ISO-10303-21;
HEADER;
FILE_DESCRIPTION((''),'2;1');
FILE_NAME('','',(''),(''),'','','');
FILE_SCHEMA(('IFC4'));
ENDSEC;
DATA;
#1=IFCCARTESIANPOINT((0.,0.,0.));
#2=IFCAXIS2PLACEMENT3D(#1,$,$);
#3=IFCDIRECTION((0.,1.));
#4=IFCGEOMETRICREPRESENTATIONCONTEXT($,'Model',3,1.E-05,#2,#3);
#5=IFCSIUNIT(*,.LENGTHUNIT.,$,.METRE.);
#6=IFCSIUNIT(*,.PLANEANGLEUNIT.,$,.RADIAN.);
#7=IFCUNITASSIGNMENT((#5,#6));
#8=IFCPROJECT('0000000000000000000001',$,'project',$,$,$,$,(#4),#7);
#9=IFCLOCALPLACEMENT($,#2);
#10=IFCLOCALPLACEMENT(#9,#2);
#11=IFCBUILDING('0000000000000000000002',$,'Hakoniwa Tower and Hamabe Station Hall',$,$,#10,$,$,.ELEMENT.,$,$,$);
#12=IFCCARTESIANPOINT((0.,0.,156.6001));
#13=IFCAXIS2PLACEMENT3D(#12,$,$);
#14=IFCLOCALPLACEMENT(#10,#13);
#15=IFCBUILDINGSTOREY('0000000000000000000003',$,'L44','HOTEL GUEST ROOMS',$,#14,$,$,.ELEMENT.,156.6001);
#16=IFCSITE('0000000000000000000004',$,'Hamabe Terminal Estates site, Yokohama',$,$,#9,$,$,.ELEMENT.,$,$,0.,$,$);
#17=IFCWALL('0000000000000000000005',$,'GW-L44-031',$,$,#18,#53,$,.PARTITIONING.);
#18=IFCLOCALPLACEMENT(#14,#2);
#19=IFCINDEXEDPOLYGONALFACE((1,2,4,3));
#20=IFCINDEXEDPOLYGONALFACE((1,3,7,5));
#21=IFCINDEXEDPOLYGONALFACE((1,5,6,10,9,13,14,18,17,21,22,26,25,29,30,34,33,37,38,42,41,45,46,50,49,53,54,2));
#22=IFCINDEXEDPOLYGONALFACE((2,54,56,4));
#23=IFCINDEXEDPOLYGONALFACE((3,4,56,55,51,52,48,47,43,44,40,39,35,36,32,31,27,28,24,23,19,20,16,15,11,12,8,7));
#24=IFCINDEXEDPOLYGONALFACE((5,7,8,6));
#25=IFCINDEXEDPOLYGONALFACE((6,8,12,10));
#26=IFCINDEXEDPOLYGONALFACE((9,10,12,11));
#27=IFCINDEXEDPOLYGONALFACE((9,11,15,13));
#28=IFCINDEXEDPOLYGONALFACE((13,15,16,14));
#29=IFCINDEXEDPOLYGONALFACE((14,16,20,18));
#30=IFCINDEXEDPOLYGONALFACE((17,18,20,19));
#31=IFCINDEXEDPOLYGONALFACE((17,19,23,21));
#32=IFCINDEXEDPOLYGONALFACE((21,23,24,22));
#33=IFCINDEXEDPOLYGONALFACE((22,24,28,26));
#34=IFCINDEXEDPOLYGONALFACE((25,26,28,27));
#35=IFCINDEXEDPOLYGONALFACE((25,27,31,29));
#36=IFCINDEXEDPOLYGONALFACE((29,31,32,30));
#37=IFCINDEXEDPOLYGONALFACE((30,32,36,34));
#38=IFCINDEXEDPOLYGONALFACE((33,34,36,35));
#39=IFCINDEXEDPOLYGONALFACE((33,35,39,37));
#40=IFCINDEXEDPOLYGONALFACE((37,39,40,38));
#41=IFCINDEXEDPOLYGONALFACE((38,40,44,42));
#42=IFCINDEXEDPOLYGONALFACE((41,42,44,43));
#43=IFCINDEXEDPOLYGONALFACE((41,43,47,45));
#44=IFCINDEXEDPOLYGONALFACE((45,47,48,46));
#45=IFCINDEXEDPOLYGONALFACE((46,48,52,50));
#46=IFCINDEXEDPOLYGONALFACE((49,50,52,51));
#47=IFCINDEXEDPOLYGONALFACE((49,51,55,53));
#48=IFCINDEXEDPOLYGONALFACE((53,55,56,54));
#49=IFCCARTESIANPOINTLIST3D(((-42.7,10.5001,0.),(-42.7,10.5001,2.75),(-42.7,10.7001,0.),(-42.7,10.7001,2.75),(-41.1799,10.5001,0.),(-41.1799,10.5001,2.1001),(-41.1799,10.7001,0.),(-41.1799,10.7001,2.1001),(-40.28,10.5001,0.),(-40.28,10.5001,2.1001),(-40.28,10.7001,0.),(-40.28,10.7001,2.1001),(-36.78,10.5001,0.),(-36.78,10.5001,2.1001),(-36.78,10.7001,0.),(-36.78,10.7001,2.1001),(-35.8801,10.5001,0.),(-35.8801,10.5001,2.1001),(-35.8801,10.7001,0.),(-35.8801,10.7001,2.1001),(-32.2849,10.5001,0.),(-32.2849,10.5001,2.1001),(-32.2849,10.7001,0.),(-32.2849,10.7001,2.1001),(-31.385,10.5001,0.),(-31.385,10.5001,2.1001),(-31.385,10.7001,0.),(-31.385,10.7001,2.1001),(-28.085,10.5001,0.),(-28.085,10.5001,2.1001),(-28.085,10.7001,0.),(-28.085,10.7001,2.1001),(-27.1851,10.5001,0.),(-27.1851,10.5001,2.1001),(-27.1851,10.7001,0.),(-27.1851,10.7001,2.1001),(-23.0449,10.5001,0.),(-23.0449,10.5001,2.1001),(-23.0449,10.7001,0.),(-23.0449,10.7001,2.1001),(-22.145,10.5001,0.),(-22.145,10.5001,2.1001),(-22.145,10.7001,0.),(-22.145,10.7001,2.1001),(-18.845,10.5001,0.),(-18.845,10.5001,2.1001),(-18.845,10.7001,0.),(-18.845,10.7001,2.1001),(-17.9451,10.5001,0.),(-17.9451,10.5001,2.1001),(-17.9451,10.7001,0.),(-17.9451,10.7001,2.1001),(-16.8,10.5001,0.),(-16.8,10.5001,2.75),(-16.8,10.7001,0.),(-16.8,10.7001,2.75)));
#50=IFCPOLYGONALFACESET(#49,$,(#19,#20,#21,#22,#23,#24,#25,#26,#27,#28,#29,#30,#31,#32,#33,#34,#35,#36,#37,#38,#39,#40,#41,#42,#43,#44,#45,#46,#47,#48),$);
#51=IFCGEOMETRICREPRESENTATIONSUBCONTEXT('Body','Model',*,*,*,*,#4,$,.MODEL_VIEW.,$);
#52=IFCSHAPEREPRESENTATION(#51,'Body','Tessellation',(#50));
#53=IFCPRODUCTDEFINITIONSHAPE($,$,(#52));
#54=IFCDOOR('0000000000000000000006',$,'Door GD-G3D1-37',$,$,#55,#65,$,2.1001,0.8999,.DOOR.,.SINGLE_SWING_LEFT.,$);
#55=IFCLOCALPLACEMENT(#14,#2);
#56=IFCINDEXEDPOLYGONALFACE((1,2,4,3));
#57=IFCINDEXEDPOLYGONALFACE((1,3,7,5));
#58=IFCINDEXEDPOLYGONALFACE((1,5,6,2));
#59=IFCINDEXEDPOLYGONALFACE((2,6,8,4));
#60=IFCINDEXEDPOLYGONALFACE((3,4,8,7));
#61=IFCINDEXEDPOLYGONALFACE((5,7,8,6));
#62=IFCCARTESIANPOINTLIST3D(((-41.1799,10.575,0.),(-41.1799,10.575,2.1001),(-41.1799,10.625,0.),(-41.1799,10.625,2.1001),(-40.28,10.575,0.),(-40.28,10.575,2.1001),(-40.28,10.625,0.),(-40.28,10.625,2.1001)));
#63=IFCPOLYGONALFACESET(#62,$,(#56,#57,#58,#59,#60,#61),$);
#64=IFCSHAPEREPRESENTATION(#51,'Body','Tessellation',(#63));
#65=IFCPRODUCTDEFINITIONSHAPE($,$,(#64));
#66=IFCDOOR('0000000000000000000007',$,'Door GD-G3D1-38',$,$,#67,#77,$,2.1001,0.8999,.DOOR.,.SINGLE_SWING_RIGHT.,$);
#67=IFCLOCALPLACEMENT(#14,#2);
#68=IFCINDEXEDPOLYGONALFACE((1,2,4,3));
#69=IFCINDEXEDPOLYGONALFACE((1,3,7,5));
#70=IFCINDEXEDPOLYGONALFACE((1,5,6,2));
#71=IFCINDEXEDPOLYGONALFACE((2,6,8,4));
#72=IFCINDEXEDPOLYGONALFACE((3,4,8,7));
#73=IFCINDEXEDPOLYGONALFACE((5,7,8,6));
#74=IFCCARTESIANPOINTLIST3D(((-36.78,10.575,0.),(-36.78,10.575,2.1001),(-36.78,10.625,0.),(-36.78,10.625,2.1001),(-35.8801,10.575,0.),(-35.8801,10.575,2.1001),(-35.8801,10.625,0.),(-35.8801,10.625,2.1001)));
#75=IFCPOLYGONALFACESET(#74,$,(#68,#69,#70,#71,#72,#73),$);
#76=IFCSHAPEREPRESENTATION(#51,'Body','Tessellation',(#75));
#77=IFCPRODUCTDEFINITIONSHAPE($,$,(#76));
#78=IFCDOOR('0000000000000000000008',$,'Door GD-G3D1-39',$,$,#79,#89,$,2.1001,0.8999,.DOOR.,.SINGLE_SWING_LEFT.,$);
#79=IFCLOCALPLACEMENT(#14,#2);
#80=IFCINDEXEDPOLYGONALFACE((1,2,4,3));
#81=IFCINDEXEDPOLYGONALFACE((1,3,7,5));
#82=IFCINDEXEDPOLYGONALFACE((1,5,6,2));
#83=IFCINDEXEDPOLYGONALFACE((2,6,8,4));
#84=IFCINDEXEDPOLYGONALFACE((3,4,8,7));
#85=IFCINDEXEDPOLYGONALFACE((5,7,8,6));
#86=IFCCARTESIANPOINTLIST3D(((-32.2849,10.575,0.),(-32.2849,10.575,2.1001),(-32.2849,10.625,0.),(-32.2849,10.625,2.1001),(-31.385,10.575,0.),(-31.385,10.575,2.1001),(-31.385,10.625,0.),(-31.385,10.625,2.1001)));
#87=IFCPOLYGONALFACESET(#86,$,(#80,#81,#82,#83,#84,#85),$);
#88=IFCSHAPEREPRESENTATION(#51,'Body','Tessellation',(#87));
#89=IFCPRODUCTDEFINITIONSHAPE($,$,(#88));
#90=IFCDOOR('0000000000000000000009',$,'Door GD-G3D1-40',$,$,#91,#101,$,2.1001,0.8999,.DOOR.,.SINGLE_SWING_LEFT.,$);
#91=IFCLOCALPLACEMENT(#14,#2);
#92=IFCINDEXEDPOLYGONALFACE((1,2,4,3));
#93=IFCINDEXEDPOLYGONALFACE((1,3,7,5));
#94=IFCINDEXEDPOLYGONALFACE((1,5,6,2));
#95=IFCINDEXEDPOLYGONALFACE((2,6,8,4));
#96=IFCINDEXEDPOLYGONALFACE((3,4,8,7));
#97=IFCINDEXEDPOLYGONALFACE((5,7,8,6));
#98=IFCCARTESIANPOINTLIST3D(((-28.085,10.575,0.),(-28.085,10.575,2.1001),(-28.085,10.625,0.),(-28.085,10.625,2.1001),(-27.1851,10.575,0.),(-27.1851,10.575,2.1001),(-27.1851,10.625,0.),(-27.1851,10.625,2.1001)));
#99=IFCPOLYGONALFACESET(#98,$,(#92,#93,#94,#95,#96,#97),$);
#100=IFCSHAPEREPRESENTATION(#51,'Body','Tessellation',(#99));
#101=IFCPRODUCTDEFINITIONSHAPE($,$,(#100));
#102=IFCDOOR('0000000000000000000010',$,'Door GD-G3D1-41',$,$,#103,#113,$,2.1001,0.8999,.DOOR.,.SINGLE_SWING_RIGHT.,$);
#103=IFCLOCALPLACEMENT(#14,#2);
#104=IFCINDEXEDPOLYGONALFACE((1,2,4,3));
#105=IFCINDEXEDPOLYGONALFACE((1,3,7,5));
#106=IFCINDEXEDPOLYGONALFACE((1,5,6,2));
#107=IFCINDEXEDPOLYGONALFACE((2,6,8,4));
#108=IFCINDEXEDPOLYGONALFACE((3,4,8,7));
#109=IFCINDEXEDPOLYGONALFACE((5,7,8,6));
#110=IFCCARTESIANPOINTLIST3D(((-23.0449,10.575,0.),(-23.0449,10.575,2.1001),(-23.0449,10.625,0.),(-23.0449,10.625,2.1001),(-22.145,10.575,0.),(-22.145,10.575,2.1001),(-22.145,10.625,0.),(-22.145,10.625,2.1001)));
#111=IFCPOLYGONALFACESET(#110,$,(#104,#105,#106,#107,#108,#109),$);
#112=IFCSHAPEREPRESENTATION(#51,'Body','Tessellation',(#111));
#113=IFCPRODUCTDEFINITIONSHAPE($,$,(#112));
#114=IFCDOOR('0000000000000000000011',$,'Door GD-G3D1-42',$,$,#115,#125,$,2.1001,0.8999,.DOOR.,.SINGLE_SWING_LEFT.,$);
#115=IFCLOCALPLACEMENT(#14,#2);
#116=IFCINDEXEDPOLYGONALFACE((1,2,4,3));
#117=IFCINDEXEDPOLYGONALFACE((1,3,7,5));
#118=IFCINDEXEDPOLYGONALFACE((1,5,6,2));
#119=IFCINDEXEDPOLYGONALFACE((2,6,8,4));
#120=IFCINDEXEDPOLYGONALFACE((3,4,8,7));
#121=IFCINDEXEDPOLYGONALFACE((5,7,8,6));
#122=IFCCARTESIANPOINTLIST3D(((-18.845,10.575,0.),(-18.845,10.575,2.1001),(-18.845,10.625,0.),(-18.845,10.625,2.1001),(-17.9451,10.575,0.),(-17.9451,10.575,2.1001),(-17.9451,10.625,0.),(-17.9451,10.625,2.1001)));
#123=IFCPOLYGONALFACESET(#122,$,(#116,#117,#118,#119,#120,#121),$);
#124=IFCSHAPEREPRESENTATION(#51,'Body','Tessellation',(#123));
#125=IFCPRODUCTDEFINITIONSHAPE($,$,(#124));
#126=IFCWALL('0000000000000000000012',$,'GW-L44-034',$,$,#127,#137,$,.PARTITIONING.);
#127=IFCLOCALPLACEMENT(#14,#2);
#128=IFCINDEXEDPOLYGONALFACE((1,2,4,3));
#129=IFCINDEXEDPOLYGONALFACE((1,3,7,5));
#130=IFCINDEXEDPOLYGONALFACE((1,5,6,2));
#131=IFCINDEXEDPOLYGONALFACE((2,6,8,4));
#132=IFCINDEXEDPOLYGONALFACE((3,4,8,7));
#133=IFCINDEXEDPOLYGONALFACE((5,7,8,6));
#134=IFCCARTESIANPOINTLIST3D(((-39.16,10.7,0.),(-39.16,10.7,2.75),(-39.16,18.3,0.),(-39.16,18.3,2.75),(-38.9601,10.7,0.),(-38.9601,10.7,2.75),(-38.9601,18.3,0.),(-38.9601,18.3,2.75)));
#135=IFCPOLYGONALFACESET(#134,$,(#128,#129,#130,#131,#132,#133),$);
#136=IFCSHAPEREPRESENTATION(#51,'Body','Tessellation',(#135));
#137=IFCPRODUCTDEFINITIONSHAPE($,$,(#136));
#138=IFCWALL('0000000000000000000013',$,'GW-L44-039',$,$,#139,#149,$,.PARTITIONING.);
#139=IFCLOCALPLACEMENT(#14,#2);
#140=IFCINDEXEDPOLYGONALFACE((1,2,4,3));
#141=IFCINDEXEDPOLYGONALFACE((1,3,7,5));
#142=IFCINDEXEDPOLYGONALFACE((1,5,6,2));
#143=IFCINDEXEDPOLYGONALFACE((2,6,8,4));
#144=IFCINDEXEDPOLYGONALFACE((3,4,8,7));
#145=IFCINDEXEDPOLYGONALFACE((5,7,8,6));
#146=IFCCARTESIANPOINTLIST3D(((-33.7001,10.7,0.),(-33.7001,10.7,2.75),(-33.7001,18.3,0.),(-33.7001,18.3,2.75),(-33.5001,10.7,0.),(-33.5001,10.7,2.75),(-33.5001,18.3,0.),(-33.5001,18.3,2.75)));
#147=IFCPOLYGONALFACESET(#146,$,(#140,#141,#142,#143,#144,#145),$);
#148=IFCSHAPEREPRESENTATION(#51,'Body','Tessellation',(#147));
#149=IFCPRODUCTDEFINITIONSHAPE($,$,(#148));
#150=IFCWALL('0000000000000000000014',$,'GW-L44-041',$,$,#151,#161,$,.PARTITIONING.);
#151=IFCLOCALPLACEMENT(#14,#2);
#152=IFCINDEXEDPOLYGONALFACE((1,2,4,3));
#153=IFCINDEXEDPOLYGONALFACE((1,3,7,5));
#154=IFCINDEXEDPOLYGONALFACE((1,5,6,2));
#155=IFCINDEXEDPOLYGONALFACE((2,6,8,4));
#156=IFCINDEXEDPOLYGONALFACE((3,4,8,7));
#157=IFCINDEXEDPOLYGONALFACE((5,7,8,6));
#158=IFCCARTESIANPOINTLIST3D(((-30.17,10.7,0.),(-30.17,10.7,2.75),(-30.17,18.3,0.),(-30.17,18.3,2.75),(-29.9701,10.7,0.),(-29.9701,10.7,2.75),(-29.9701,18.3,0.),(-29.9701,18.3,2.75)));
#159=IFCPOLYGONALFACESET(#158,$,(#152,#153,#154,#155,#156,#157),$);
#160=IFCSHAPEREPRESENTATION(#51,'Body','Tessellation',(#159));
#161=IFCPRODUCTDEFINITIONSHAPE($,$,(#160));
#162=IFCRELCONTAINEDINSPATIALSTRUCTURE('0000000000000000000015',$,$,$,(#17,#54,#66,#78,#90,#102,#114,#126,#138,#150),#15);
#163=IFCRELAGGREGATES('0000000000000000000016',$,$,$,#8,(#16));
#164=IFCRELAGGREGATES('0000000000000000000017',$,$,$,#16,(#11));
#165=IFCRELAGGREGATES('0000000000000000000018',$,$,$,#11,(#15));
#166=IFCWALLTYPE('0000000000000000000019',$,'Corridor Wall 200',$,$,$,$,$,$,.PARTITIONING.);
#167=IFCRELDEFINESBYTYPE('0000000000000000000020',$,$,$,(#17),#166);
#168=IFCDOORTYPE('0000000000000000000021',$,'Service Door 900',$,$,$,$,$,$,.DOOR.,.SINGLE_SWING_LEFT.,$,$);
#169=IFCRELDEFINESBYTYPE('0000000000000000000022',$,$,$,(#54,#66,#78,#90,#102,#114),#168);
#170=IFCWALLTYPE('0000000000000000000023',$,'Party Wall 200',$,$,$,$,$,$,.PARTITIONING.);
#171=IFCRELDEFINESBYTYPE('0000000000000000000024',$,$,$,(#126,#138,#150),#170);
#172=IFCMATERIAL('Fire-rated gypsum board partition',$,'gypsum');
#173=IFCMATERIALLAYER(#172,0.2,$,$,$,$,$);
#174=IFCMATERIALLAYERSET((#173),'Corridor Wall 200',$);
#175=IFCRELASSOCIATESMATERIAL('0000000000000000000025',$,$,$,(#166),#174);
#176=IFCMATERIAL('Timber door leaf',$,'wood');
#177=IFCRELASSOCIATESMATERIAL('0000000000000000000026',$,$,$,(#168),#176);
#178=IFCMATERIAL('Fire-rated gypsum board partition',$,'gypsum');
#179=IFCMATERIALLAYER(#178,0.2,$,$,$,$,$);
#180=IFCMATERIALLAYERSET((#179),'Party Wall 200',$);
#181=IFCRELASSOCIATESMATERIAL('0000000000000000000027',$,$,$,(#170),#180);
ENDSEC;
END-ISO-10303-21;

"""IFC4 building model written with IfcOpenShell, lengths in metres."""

from ifc_helpers import new_model, si_unit, direction, frame, frame_2d, origin, place, context, subcontext, project, spatial, rectangle, extrude, material, layer, layer_set, type_object, element, fill, save


model = new_model("IFC4")

# Units and contexts
model_context = context("Model", 3, precision=1e-05, world=origin(), true_north=direction((0.0, 1.0)))
body_context = subcontext(model_context, "Body", "Model", "MODEL_VIEW")
ifc_project = project(units=[si_unit("LENGTHUNIT", "METRE"), si_unit("PLANEANGLEUNIT", "RADIAN")], contexts=[model_context])

# Site, building, storey
site_placement = place(None, origin())
site = spatial("IfcSite", under=ifc_project, at=site_placement, Name="Hamabe Terminal Estates site, Yokohama", CompositionType="ELEMENT", RefElevation=0.0)
building_placement = place(site_placement, origin())
building = spatial("IfcBuilding", under=site, at=building_placement, Name="Hakoniwa Tower and Hamabe Station Hall", CompositionType="ELEMENT")
storey_placement = place(building_placement, frame((0.0, 0.0, 156.6001)))
storey = spatial("IfcBuildingStorey", under=building, at=storey_placement, Name="L44", Description="HOTEL GUEST ROOMS", CompositionType="ELEMENT", Elevation=156.6001)

# Wall, openings, doors
ifc_material_1 = material(Name="Fire-rated gypsum board partition", Category="gypsum")
ifc_layer_1 = layer(ifc_material_1, 0.2)
ifc_layer_set_1 = layer_set([ifc_layer_1], Name="Corridor Wall 200")
wall_type_1 = type_object("IfcWallType", Name="Corridor Wall 200", PredefinedType="PARTITIONING", material=ifc_layer_set_1)
ifc_material_2 = material(Name="Timber door leaf", Category="wood")
door_type_1 = type_object("IfcDoorType", Name="Service Door 900", OperationType="SINGLE_SWING_LEFT", PredefinedType="DOOR", material=ifc_material_2)
wall_1_placement = place(storey_placement, frame((-42.7, 10.6001, 0.0), z_axis=(0.0, 0.0, 1.0), x_axis=(1.0, 0.0, 0.0)))
wall_1 = element("IfcWall", 1, at=wall_1_placement, inside=storey, type_object=wall_type_1, Name="GW-L44-031", PredefinedType="PARTITIONING", context=body_context, shape_type="SweptSolid", body=[
    extrude(rectangle(XDim=25.8999, YDim=0.2, at=frame_2d((12.95, 0.0))), origin(), (0.0, 0.0, 1.0), 2.75),
])
opening_1_placement = place(wall_1_placement, frame((1.52, 0.0, 0.0)))
opening_1 = element("IfcOpeningElement", 2, at=opening_1_placement, cuts=wall_1, PredefinedType="OPENING", context=body_context, shape_type="SweptSolid", body=[
    extrude(rectangle(XDim=0.8999, YDim=2.1001, at=frame_2d((0.45, 1.05))), frame((0.0, 0.1099, 0.0), z_axis=(0.0, -1.0, 0.0), x_axis=(1.0, 0.0, 0.0)), (0.0, 0.0, 1.0), 0.22),
])
opening_2_placement = place(wall_1_placement, frame((5.9199, 0.0, 0.0)))
opening_2 = element("IfcOpeningElement", 3, at=opening_2_placement, cuts=wall_1, PredefinedType="OPENING", context=body_context, shape_type="SweptSolid", body=[
    extrude(rectangle(XDim=0.8999, YDim=2.1001, at=frame_2d((0.45, 1.05))), frame((0.0, 0.1099, 0.0), z_axis=(0.0, -1.0, 0.0), x_axis=(1.0, 0.0, 0.0)), (0.0, 0.0, 1.0), 0.22),
])
opening_3_placement = place(wall_1_placement, frame((10.415, 0.0, 0.0)))
opening_3 = element("IfcOpeningElement", 4, at=opening_3_placement, cuts=wall_1, PredefinedType="OPENING", context=body_context, shape_type="SweptSolid", body=[
    extrude(rectangle(XDim=0.8999, YDim=2.1001, at=frame_2d((0.45, 1.05))), frame((0.0, 0.1099, 0.0), z_axis=(0.0, -1.0, 0.0), x_axis=(1.0, 0.0, 0.0)), (0.0, 0.0, 1.0), 0.22),
])
opening_4_placement = place(wall_1_placement, frame((14.615, 0.0, 0.0)))
opening_4 = element("IfcOpeningElement", 5, at=opening_4_placement, cuts=wall_1, PredefinedType="OPENING", context=body_context, shape_type="SweptSolid", body=[
    extrude(rectangle(XDim=0.8999, YDim=2.1001, at=frame_2d((0.45, 1.05))), frame((0.0, 0.1099, 0.0), z_axis=(0.0, -1.0, 0.0), x_axis=(1.0, 0.0, 0.0)), (0.0, 0.0, 1.0), 0.22),
])
opening_5_placement = place(wall_1_placement, frame((19.655, 0.0, 0.0)))
opening_5 = element("IfcOpeningElement", 6, at=opening_5_placement, cuts=wall_1, PredefinedType="OPENING", context=body_context, shape_type="SweptSolid", body=[
    extrude(rectangle(XDim=0.8999, YDim=2.1001, at=frame_2d((0.45, 1.05))), frame((0.0, 0.1099, 0.0), z_axis=(0.0, -1.0, 0.0), x_axis=(1.0, 0.0, 0.0)), (0.0, 0.0, 1.0), 0.22),
])
opening_6_placement = place(wall_1_placement, frame((23.855, 0.0, 0.0)))
opening_6 = element("IfcOpeningElement", 7, at=opening_6_placement, cuts=wall_1, PredefinedType="OPENING", context=body_context, shape_type="SweptSolid", body=[
    extrude(rectangle(XDim=0.8999, YDim=2.1001, at=frame_2d((0.45, 1.05))), frame((0.0, 0.1099, 0.0), z_axis=(0.0, -1.0, 0.0), x_axis=(1.0, 0.0, 0.0)), (0.0, 0.0, 1.0), 0.22),
])
door_1_placement = place(opening_1_placement, origin())
door_1 = element("IfcDoor", 8, at=door_1_placement, inside=storey, type_object=door_type_1, Name="Door GD-G3D1-37", OperationType="SINGLE_SWING_LEFT", OverallHeight=2.1001, OverallWidth=0.8999, PredefinedType="DOOR", context=body_context, shape_type="SweptSolid", body=[
    extrude(rectangle(XDim=0.8999, YDim=2.1001, at=frame_2d((0.45, 1.05))), frame((0.0, 0.0249, 0.0), z_axis=(0.0, -1.0, 0.0), x_axis=(1.0, 0.0, 0.0)), (0.0, 0.0, 1.0), 0.05),
])
fill(opening_1, door_1)
door_2_placement = place(opening_2_placement, origin())
door_2 = element("IfcDoor", 9, at=door_2_placement, inside=storey, type_object=door_type_1, Name="Door GD-G3D1-38", OperationType="SINGLE_SWING_RIGHT", OverallHeight=2.1001, OverallWidth=0.8999, PredefinedType="DOOR", context=body_context, shape_type="SweptSolid", body=[
    extrude(rectangle(XDim=0.8999, YDim=2.1001, at=frame_2d((0.45, 1.05))), frame((0.0, 0.0249, 0.0), z_axis=(0.0, -1.0, 0.0), x_axis=(1.0, 0.0, 0.0)), (0.0, 0.0, 1.0), 0.05),
])
fill(opening_2, door_2)
door_3_placement = place(opening_3_placement, origin())
door_3 = element("IfcDoor", 10, at=door_3_placement, inside=storey, type_object=door_type_1, Name="Door GD-G3D1-39", OperationType="SINGLE_SWING_LEFT", OverallHeight=2.1001, OverallWidth=0.8999, PredefinedType="DOOR", context=body_context, shape_type="SweptSolid", body=[
    extrude(rectangle(XDim=0.8999, YDim=2.1001, at=frame_2d((0.45, 1.05))), frame((0.0, 0.0249, 0.0), z_axis=(0.0, -1.0, 0.0), x_axis=(1.0, 0.0, 0.0)), (0.0, 0.0, 1.0), 0.05),
])
fill(opening_3, door_3)
door_4_placement = place(opening_4_placement, origin())
door_4 = element("IfcDoor", 11, at=door_4_placement, inside=storey, type_object=door_type_1, Name="Door GD-G3D1-40", OperationType="SINGLE_SWING_LEFT", OverallHeight=2.1001, OverallWidth=0.8999, PredefinedType="DOOR", context=body_context, shape_type="SweptSolid", body=[
    extrude(rectangle(XDim=0.8999, YDim=2.1001, at=frame_2d((0.45, 1.05))), frame((0.0, 0.0249, 0.0), z_axis=(0.0, -1.0, 0.0), x_axis=(1.0, 0.0, 0.0)), (0.0, 0.0, 1.0), 0.05),
])
fill(opening_4, door_4)
door_5_placement = place(opening_5_placement, origin())
door_5 = element("IfcDoor", 12, at=door_5_placement, inside=storey, type_object=door_type_1, Name="Door GD-G3D1-41", OperationType="SINGLE_SWING_RIGHT", OverallHeight=2.1001, OverallWidth=0.8999, PredefinedType="DOOR", context=body_context, shape_type="SweptSolid", body=[
    extrude(rectangle(XDim=0.8999, YDim=2.1001, at=frame_2d((0.45, 1.05))), frame((0.0, 0.0249, 0.0), z_axis=(0.0, -1.0, 0.0), x_axis=(1.0, 0.0, 0.0)), (0.0, 0.0, 1.0), 0.05),
])
fill(opening_5, door_5)
door_6_placement = place(opening_6_placement, origin())
door_6 = element("IfcDoor", 13, at=door_6_placement, inside=storey, type_object=door_type_1, Name="Door GD-G3D1-42", OperationType="SINGLE_SWING_LEFT", OverallHeight=2.1001, OverallWidth=0.8999, PredefinedType="DOOR", context=body_context, shape_type="SweptSolid", body=[
    extrude(rectangle(XDim=0.8999, YDim=2.1001, at=frame_2d((0.45, 1.05))), frame((0.0, 0.0249, 0.0), z_axis=(0.0, -1.0, 0.0), x_axis=(1.0, 0.0, 0.0)), (0.0, 0.0, 1.0), 0.05),
])
fill(opening_6, door_6)

# Walls
ifc_material_3 = material(Name="Fire-rated gypsum board partition", Category="gypsum")
ifc_layer_2 = layer(ifc_material_3, 0.2)
ifc_layer_set_2 = layer_set([ifc_layer_2], Name="Party Wall 200")
wall_type_2 = type_object("IfcWallType", Name="Party Wall 200", PredefinedType="PARTITIONING", material=ifc_layer_set_2)
for number, where, z_axis, x_axis, name in (
    (14, (-39.0601, 10.7, 0.0), (0.0, 0.0, 1.0), (0.0, 1.0, 0.0), "GW-L44-034"),
    (15, (-33.6001, 10.7, 0.0), (0.0, 0.0, 1.0), (0.0, 1.0, 0.0), "GW-L44-039"),
    (16, (-30.0701, 10.7, 0.0), (0.0, 0.0, 1.0), (0.0, 1.0, 0.0), "GW-L44-041"),
):
    element("IfcWall", number, at=place(storey_placement, frame(where, z_axis=z_axis, x_axis=x_axis)), inside=storey, type_object=wall_type_2, Name=name, PredefinedType="PARTITIONING", context=body_context, shape_type="SweptSolid", body=[
        extrude(rectangle(XDim=7.6001, YDim=0.2, at=frame_2d((3.8, 0.0))), origin(), (0.0, 0.0, 1.0), 2.75),
    ])

save(model, "model.ifc")
